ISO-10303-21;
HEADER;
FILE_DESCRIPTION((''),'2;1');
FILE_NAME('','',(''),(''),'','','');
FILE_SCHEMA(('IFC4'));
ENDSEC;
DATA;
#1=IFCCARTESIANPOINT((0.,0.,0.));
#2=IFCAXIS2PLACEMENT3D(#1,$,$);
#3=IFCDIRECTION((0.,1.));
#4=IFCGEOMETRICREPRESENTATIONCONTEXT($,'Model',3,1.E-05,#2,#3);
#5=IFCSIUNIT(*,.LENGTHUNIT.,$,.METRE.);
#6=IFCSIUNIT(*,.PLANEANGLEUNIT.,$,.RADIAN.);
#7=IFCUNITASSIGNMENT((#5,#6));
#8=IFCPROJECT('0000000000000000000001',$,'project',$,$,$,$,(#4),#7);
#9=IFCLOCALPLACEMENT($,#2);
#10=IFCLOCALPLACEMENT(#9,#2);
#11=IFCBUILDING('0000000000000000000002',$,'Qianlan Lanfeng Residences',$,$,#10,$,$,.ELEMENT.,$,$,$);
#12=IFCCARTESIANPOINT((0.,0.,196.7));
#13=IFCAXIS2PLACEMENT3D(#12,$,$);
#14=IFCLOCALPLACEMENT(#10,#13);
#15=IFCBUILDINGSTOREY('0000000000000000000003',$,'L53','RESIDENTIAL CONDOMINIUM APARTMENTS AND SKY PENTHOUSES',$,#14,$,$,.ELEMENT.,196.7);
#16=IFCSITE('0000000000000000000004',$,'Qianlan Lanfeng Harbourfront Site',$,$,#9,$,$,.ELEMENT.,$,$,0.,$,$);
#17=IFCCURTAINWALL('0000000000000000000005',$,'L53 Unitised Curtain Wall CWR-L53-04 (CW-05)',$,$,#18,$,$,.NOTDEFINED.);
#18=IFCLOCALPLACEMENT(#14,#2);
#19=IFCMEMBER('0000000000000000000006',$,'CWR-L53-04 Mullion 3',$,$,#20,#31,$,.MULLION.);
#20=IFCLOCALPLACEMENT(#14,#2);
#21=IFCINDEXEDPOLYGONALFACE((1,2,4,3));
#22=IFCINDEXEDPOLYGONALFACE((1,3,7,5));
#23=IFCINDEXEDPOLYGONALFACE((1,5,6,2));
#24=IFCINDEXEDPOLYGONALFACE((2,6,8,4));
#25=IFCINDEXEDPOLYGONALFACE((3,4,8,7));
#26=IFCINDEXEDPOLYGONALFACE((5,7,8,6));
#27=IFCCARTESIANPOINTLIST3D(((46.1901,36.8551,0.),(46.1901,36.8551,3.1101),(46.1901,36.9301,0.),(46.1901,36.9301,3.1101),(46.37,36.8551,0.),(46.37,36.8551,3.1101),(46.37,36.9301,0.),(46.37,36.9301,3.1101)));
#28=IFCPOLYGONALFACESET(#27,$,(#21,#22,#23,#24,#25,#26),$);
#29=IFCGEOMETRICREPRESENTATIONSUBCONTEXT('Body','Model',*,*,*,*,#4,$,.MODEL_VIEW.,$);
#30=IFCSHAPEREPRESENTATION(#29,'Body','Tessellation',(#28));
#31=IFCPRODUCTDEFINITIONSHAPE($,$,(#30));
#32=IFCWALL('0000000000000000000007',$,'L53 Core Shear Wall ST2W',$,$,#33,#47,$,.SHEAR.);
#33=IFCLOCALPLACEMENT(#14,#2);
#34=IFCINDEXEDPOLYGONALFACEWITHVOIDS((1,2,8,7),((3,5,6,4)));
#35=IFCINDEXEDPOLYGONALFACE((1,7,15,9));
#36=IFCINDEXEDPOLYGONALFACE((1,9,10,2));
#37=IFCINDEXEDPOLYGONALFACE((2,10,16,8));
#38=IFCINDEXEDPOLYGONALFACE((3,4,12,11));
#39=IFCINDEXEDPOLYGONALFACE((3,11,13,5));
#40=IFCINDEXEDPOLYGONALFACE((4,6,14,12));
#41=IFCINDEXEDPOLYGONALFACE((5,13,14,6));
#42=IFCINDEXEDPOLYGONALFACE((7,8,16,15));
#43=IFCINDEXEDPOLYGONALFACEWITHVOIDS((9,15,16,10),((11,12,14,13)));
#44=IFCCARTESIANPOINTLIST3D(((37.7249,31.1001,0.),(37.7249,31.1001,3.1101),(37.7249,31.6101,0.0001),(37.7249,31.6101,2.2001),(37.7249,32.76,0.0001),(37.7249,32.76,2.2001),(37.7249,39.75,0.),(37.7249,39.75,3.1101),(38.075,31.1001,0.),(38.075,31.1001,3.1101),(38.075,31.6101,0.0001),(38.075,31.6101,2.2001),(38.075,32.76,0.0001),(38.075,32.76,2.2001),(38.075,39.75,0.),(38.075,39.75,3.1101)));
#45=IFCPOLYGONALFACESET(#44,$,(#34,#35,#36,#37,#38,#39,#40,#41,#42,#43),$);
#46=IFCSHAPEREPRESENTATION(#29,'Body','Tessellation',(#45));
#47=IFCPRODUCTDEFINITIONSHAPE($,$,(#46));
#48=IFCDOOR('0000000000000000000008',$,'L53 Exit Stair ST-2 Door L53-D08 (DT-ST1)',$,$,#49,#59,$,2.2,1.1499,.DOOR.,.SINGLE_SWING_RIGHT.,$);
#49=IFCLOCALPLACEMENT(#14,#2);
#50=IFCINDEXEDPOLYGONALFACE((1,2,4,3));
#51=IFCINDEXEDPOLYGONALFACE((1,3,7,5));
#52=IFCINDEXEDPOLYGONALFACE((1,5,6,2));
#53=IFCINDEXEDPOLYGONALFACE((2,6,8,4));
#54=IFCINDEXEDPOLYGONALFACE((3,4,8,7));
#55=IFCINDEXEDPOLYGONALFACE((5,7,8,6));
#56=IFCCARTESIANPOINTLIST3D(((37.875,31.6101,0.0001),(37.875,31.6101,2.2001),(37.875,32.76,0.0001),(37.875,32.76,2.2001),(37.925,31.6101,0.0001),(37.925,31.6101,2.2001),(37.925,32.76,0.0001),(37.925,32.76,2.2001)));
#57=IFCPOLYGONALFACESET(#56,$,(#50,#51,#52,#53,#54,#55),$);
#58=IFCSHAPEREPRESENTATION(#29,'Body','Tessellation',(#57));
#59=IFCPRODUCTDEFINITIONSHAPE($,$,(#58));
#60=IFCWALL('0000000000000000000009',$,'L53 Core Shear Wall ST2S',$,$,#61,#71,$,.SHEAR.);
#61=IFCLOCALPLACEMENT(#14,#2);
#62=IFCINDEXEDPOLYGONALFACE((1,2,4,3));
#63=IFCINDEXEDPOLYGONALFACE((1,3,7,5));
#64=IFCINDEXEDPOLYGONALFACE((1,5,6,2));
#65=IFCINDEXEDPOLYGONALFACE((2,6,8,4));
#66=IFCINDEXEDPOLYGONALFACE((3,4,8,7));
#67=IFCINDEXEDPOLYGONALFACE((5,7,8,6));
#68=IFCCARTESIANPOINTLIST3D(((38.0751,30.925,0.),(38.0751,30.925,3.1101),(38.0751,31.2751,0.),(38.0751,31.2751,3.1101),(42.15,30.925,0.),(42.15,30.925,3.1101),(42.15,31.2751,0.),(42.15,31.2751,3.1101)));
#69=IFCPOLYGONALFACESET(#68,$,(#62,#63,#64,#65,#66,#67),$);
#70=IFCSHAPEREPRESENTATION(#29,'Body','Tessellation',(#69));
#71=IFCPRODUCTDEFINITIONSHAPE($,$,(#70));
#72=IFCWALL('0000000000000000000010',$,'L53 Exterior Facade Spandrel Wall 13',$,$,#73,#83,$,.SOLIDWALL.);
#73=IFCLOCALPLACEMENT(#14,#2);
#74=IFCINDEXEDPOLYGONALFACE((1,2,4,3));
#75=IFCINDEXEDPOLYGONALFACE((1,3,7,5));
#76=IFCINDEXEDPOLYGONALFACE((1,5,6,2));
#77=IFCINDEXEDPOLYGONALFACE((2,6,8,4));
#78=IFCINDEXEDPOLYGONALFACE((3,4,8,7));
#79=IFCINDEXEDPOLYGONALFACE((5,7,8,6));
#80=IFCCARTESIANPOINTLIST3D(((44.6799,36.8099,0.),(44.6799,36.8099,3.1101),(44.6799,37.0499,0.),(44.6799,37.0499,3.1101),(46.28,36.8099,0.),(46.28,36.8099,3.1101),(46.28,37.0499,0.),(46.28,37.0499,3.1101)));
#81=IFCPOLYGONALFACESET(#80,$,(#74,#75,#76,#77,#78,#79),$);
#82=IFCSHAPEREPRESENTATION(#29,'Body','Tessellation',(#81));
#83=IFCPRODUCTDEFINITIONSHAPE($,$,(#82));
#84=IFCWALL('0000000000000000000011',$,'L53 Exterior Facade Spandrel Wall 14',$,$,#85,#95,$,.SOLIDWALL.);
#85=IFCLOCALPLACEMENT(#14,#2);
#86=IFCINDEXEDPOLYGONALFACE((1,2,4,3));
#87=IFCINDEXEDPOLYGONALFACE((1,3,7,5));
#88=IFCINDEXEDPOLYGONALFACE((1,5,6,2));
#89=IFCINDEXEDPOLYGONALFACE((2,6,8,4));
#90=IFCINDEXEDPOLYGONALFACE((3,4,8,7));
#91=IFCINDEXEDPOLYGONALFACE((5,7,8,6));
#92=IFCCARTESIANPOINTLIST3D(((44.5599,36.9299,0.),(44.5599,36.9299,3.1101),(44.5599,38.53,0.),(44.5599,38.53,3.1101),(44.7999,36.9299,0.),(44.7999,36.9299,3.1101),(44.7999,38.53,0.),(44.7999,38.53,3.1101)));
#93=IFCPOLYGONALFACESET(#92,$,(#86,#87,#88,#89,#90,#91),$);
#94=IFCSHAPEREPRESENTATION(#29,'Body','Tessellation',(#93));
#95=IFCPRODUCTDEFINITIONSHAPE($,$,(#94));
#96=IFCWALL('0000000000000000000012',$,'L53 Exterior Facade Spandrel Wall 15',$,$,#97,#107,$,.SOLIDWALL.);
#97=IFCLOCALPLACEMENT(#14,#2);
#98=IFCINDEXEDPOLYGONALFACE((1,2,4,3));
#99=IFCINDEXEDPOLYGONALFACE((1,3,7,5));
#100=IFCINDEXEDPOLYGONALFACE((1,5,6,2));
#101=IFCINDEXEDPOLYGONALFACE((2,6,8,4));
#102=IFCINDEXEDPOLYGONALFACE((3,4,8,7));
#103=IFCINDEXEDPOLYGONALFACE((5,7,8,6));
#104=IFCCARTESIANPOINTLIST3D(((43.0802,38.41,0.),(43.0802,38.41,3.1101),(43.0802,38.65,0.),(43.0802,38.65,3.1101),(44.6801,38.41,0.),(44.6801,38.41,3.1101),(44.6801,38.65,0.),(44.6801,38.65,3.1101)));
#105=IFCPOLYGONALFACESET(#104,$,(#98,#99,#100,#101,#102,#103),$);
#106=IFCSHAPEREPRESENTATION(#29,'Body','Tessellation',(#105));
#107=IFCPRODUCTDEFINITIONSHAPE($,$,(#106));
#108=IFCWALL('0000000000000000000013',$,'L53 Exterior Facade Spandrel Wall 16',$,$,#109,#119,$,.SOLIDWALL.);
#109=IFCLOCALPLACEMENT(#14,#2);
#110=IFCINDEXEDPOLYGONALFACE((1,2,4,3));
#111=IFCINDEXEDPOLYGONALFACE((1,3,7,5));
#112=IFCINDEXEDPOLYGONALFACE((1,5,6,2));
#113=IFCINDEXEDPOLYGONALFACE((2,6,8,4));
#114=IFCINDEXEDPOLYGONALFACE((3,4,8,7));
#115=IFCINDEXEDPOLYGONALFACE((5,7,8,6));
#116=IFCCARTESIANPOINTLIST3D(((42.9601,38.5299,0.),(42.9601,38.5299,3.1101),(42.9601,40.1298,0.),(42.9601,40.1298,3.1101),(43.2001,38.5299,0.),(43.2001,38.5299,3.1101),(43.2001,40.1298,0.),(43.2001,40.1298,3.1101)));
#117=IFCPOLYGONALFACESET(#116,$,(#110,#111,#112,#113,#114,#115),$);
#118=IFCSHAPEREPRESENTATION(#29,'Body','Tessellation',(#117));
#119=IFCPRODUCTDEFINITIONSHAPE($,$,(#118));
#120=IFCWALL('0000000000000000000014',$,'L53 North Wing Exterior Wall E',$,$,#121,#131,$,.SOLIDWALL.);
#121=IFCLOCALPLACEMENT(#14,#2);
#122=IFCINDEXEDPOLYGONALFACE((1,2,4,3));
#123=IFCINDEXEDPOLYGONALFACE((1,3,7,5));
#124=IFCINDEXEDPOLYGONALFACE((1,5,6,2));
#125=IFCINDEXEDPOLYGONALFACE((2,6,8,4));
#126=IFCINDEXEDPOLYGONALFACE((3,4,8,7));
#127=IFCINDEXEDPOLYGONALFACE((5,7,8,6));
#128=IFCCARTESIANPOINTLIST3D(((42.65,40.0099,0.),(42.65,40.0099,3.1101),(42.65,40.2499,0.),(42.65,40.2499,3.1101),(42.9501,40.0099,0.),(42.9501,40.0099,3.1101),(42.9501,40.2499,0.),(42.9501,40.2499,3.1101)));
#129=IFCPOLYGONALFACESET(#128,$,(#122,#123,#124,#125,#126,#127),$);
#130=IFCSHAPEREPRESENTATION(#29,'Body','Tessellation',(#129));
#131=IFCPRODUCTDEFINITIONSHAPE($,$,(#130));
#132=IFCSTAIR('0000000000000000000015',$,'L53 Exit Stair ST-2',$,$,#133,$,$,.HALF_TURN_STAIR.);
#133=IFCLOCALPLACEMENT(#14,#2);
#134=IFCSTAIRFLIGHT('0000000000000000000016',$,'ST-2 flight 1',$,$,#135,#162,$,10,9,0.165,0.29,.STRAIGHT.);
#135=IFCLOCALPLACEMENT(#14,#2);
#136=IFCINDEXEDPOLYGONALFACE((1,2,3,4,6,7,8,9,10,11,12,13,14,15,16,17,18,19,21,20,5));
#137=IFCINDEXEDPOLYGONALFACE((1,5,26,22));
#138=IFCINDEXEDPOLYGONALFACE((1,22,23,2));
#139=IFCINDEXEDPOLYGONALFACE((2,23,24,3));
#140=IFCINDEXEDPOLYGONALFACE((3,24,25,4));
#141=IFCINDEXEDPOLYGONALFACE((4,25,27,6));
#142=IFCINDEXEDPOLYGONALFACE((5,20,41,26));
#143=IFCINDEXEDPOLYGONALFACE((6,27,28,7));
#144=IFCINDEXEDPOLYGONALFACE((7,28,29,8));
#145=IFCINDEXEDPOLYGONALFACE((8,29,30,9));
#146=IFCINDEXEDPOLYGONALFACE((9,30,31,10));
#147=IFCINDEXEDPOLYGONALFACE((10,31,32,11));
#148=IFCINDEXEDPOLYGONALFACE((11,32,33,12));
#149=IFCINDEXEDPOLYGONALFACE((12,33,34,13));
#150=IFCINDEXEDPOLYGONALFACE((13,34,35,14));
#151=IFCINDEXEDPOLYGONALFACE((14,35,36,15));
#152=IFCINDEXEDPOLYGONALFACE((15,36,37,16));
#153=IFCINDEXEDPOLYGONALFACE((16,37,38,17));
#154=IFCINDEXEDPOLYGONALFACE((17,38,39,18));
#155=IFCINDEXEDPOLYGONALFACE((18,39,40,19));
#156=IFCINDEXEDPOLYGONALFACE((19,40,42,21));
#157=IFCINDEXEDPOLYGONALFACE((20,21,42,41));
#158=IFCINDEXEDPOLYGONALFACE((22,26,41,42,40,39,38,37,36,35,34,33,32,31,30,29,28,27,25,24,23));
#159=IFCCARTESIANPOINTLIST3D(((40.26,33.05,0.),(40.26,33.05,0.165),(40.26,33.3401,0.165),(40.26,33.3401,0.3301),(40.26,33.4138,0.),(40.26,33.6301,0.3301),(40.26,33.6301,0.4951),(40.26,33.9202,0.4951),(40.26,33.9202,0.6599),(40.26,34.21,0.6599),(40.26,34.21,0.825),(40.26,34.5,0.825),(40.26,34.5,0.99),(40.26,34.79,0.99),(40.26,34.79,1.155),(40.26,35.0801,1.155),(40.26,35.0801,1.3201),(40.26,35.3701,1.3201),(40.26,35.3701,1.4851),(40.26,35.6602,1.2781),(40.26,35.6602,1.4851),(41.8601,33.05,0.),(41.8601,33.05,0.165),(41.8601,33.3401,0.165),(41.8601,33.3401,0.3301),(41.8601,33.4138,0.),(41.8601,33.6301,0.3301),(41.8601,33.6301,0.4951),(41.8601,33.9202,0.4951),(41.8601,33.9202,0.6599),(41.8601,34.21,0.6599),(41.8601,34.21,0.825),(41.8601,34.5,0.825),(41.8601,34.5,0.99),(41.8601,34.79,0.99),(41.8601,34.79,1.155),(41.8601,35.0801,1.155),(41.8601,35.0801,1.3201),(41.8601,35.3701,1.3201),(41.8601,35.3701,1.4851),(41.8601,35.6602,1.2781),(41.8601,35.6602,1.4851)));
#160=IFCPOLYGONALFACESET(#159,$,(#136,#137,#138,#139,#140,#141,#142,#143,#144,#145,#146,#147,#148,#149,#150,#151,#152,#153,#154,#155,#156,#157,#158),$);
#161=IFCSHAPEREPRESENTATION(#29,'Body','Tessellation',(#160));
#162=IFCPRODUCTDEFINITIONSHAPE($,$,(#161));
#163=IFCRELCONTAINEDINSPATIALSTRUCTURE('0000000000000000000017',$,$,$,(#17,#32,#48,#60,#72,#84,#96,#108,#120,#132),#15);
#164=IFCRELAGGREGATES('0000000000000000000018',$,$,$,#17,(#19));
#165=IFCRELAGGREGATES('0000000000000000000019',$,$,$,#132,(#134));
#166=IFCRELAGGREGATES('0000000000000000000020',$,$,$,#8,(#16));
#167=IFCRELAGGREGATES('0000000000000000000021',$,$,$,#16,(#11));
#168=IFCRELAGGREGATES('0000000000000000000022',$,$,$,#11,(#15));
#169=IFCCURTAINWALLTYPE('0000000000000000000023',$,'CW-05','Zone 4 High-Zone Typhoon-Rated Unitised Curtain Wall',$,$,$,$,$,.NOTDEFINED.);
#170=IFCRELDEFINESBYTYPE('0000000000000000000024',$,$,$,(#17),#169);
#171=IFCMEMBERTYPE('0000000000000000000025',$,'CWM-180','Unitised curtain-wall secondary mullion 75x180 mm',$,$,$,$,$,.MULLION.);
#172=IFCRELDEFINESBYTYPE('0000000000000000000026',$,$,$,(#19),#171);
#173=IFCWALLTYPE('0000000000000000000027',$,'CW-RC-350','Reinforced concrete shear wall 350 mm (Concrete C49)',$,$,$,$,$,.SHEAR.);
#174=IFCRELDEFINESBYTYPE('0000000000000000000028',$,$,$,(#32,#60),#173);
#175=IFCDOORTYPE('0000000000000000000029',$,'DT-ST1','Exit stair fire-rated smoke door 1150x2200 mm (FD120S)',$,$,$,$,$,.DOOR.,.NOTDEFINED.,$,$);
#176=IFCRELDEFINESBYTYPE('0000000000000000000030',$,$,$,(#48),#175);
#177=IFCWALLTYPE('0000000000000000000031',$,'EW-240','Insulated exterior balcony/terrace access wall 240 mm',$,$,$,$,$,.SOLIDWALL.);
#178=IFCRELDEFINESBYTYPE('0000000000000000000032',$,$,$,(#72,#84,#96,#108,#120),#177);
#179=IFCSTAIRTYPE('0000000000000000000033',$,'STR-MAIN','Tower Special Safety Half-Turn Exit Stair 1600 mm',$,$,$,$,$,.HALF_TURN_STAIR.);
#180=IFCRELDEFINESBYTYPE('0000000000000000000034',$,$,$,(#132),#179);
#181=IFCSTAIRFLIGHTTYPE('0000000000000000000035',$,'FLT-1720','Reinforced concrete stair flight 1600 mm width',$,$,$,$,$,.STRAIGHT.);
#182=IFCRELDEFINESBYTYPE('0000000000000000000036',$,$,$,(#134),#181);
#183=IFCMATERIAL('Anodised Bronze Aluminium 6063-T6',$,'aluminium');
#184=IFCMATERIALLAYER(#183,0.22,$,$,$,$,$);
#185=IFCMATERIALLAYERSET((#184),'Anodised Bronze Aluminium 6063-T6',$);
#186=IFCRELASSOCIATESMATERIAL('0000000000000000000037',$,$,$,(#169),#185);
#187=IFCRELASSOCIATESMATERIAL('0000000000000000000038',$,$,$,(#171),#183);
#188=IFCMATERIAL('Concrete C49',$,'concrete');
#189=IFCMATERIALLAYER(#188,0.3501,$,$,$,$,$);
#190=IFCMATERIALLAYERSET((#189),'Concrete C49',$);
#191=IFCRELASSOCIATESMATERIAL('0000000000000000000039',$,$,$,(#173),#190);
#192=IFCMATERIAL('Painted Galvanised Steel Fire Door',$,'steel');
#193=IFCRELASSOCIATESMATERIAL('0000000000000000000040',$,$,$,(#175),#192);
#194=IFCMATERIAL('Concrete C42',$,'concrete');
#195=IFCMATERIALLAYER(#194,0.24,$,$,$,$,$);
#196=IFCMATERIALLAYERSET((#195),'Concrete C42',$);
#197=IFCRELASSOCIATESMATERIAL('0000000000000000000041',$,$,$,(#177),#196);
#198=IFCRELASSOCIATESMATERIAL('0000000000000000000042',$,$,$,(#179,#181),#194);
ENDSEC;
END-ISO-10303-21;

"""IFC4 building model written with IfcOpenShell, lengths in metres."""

from ifc_helpers import new_model, si_unit, direction, frame, frame_2d, origin, origin_2d, place, context, subcontext, project, spatial, polyline, rectangle, outline, extrude, source, transform, mapped, material, layer, layer_set, material_profile, profile_set, type_object, element, fill, aggregate, save


model = new_model("IFC4")

# Units and contexts
model_context = context("Model", 3, precision=1e-05, world=origin(), true_north=direction((0.0, 1.0)))
body_context = subcontext(model_context, "Body", "Model", "MODEL_VIEW")
ifc_project = project(units=[si_unit("LENGTHUNIT", "METRE"), si_unit("PLANEANGLEUNIT", "RADIAN")], contexts=[model_context])

# Site, building, storey
site_placement = place(None, origin())
site = spatial("IfcSite", under=ifc_project, at=site_placement, Name="Qianlan Lanfeng Harbourfront Site", CompositionType="ELEMENT", RefElevation=0.0)
building_placement = place(site_placement, origin())
building = spatial("IfcBuilding", under=site, at=building_placement, Name="Qianlan Lanfeng Residences", CompositionType="ELEMENT")
storey_placement = place(building_placement, frame((0.0, 0.0, 196.7)))
storey = spatial("IfcBuildingStorey", under=building, at=storey_placement, Name="L53", Description="RESIDENTIAL CONDOMINIUM APARTMENTS AND SKY PENTHOUSES", CompositionType="ELEMENT", Elevation=196.7)

# Curtain wall, member
ifc_material_1 = material(Name="Anodised Bronze Aluminium 6063-T6", Category="aluminium")
ifc_layer_1 = layer(ifc_material_1, 0.22)
ifc_layer_set_1 = layer_set([ifc_layer_1], Name="Anodised Bronze Aluminium 6063-T6")
curtain_wall_type = type_object("IfcCurtainWallType", Name="CW-05", Description="Zone 4 High-Zone Typhoon-Rated Unitised Curtain Wall", PredefinedType="NOTDEFINED", material=ifc_layer_set_1)
curtain_wall_placement = place(storey_placement, origin())
curtain_wall = element("IfcCurtainWall", 1, at=curtain_wall_placement, inside=storey, type_object=curtain_wall_type, Name="L53 Unitised Curtain Wall CWR-L53-04 (CW-05)", PredefinedType="NOTDEFINED")
ifc_material_profile = material_profile(ifc_material_1, rectangle(XDim=0.075, YDim=0.1799, at=origin_2d()), Name="ALU MULLION 75x180")
ifc_profile_set = profile_set([ifc_material_profile], Name="Anodised Bronze Aluminium 6063-T6")
member_type = type_object("IfcMemberType", Name="CWM-180", Description="Unitised curtain-wall secondary mullion 75x180 mm", PredefinedType="MULLION", material=ifc_profile_set)
shared_shape_1 = source(origin(), body_context, "Body", "SweptSolid", [
    extrude(rectangle(XDim=0.075, YDim=0.1799, at=origin_2d()), origin(), (0.0, 0.0, 1.0), 3.1101),
])
member_placement = place(storey_placement, frame((46.28, 36.8926, 0.0), z_axis=(0.0, 0.0, 1.0), x_axis=(0.0, 1.0, 0.0)))
member = element("IfcMember", 2, at=member_placement, type_object=member_type, Name="CWR-L53-04 Mullion 3", PredefinedType="MULLION", context=body_context, shape_type="MappedRepresentation", body=[
    mapped(shared_shape_1, transform((0.0, 0.0, 0.0), scale=1.0)),
])
aggregate(curtain_wall, [member])

# Wall, opening, door
ifc_material_2 = material(Name="Concrete C49", Category="concrete")
ifc_layer_2 = layer(ifc_material_2, 0.3501)
ifc_layer_set_2 = layer_set([ifc_layer_2], Name="Concrete C49")
wall_type_1 = type_object("IfcWallType", Name="CW-RC-350", Description="Reinforced concrete shear wall 350 mm (Concrete C49)", PredefinedType="SHEAR", material=ifc_layer_set_2)
wall_1_placement = place(storey_placement, frame((37.8999, 31.1001, 0.0), z_axis=(0.0, 0.0, 1.0), x_axis=(0.0, 1.0, 0.0)))
wall_1 = element("IfcWall", 3, at=wall_1_placement, inside=storey, type_object=wall_type_1, Name="L53 Core Shear Wall ST2W", PredefinedType="SHEAR", context=body_context, shape_type="SweptSolid", body=[
    extrude(rectangle(XDim=8.6499, YDim=0.3501, at=frame_2d((4.325, 0.0))), origin(), (0.0, 0.0, 1.0), 3.1101),
])
opening_1_placement = place(wall_1_placement, frame((0.51, 0.0, 0.0)))
opening_1 = element("IfcOpeningElement", 4, at=opening_1_placement, cuts=wall_1, PredefinedType="OPENING", context=body_context, shape_type="SweptSolid", body=[
    extrude(rectangle(XDim=1.1499, YDim=2.2, at=frame_2d((0.575, 1.1001))), frame((0.0, 0.1851, 0.0), z_axis=(0.0, -1.0, 0.0), x_axis=(1.0, 0.0, 0.0)), (0.0, 0.0, 1.0), 0.3701),
])
ifc_material_3 = material(Name="Painted Galvanised Steel Fire Door", Category="steel")
door_type_1 = type_object("IfcDoorType", Name="DT-ST1", Description="Exit stair fire-rated smoke door 1150x2200 mm (FD120S)", OperationType="NOTDEFINED", PredefinedType="DOOR", material=ifc_material_3)
door_1_placement = place(opening_1_placement, origin())
door_1 = element("IfcDoor", 5, at=door_1_placement, inside=storey, type_object=door_type_1, Name="L53 Exit Stair ST-2 Door L53-D08 (DT-ST1)", OperationType="SINGLE_SWING_RIGHT", OverallHeight=2.2, OverallWidth=1.1499, PredefinedType="DOOR", context=body_context, shape_type="SweptSolid", body=[
    extrude(rectangle(XDim=1.1499, YDim=2.2, at=frame_2d((0.575, 1.1001))), frame((0.0, 0.0249, 0.0), z_axis=(0.0, -1.0, 0.0), x_axis=(1.0, 0.0, 0.0)), (0.0, 0.0, 1.0), 0.05),
])
fill(opening_1, door_1)

# Walls
wall_2_placement = place(storey_placement, frame((38.075, 31.1001, 0.0), z_axis=(0.0, 0.0, 1.0), x_axis=(1.0, 0.0, 0.0)))
element("IfcWall", 6, at=wall_2_placement, inside=storey, type_object=wall_type_1, Name="L53 Core Shear Wall ST2S", PredefinedType="SHEAR", context=body_context, shape_type="SweptSolid", body=[
    extrude(rectangle(XDim=4.075, YDim=0.3501, at=frame_2d((2.0376, 0.0))), origin(), (0.0, 0.0, 1.0), 3.1101),
])
ifc_material_4 = material(Name="Concrete C42", Category="concrete")
ifc_layer_3 = layer(ifc_material_4, 0.24)
ifc_layer_set_3 = layer_set([ifc_layer_3], Name="Concrete C42")
wall_type_2 = type_object("IfcWallType", Name="EW-240", Description="Insulated exterior balcony/terrace access wall 240 mm", PredefinedType="SOLIDWALL", material=ifc_layer_set_3)
for number, where, z_axis, x_axis, name in (
    (7, (46.28, 36.9299, 0.0), (0.0, 0.0, 1.0), (-1.0, 0.0, 0.0), "L53 Exterior Facade Spandrel Wall 13"),
    (8, (44.6799, 36.9299, 0.0), (0.0, 0.0, 1.0), (0.0, 1.0, 0.0), "L53 Exterior Facade Spandrel Wall 14"),
):
    element("IfcWall", number, at=place(storey_placement, frame(where, z_axis=z_axis, x_axis=x_axis)), inside=storey, type_object=wall_type_2, Name=name, PredefinedType="SOLIDWALL", context=body_context, shape_type="SweptSolid", body=[
        extrude(rectangle(XDim=1.6001, YDim=0.24, at=frame_2d((0.8, 0.0))), origin(), (0.0, 0.0, 1.0), 3.1101),
    ])
for number, where, z_axis, x_axis, name in (
    (9, (44.6799, 38.53, 0.0), (0.0, 0.0, 1.0), (-1.0, 0.0, 0.0), "L53 Exterior Facade Spandrel Wall 15"),
    (10, (43.0801, 38.53, 0.0), (0.0, 0.0, 1.0), (0.0, 1.0, 0.0), "L53 Exterior Facade Spandrel Wall 16"),
):
    element("IfcWall", number, at=place(storey_placement, frame(where, z_axis=z_axis, x_axis=x_axis)), inside=storey, type_object=wall_type_2, Name=name, PredefinedType="SOLIDWALL", context=body_context, shape_type="SweptSolid", body=[
        extrude(rectangle(XDim=1.5999, YDim=0.24, at=frame_2d((0.7998, 0.0))), origin(), (0.0, 0.0, 1.0), 3.1101),
    ])
wall_3_placement = place(storey_placement, frame((42.95, 40.1299, 0.0), z_axis=(0.0, 0.0, 1.0), x_axis=(-1.0, 0.0, 0.0)))
element("IfcWall", 11, at=wall_3_placement, inside=storey, type_object=wall_type_2, Name="L53 North Wing Exterior Wall E", PredefinedType="SOLIDWALL", context=body_context, shape_type="SweptSolid", body=[
    extrude(rectangle(XDim=0.3, YDim=0.24, at=frame_2d((0.1499, 0.0))), origin(), (0.0, 0.0, 1.0), 3.1101),
])

# Stair, stair flight
stair_type = type_object("IfcStairType", Name="STR-MAIN", Description="Tower Special Safety Half-Turn Exit Stair 1600 mm", PredefinedType="HALF_TURN_STAIR", material=ifc_material_4)
stair_placement = place(storey_placement, origin())
stair = element("IfcStair", 12, at=stair_placement, inside=storey, type_object=stair_type, Name="L53 Exit Stair ST-2", PredefinedType="HALF_TURN_STAIR")
stair_flight_type = type_object("IfcStairFlightType", Name="FLT-1720", Description="Reinforced concrete stair flight 1600 mm width", PredefinedType="STRAIGHT", material=ifc_material_4)
stair_flight_1_placement = place(storey_placement, frame((41.0601, 33.05, 0.0), z_axis=(0.0, 0.0, 1.0), x_axis=(0.0, 1.0, 0.0)))
stair_flight_1 = element("IfcStairFlight", 13, at=stair_flight_1_placement, type_object=stair_flight_type, Name="ST-2 flight 1", NumberOfRisers=10, NumberOfTreads=9, PredefinedType="STRAIGHT", RiserHeight=0.165, TreadLength=0.29, context=body_context, shape_type="SweptSolid", body=[
    extrude(outline(polyline([(0.0, 0.0), (0.0, 0.165), (0.29, 0.165), (0.29, 0.3301), (0.5801, 0.3301), (0.5801, 0.4951), (0.8701, 0.4951), (0.8701, 0.6599), (1.1599, 0.6599), (1.1599, 0.825), (1.45, 0.825), (1.45, 0.99), (1.74, 0.99), (1.74, 1.155), (2.03, 1.155), (2.03, 1.3201), (2.3201, 1.3201), (2.3201, 1.4851), (2.6101, 1.4851), (2.6101, 1.6499), (2.6101, 1.2781), (0.3638, 0.0), (0.0, 0.0)])), frame((0.0, 0.8, 0.0), z_axis=(0.0, -1.0, 0.0), x_axis=(1.0, 0.0, 0.0)), (0.0, 0.0, 1.0), 1.6001),
])
aggregate(stair, [stair_flight_1])

save(model, "model.ifc")
